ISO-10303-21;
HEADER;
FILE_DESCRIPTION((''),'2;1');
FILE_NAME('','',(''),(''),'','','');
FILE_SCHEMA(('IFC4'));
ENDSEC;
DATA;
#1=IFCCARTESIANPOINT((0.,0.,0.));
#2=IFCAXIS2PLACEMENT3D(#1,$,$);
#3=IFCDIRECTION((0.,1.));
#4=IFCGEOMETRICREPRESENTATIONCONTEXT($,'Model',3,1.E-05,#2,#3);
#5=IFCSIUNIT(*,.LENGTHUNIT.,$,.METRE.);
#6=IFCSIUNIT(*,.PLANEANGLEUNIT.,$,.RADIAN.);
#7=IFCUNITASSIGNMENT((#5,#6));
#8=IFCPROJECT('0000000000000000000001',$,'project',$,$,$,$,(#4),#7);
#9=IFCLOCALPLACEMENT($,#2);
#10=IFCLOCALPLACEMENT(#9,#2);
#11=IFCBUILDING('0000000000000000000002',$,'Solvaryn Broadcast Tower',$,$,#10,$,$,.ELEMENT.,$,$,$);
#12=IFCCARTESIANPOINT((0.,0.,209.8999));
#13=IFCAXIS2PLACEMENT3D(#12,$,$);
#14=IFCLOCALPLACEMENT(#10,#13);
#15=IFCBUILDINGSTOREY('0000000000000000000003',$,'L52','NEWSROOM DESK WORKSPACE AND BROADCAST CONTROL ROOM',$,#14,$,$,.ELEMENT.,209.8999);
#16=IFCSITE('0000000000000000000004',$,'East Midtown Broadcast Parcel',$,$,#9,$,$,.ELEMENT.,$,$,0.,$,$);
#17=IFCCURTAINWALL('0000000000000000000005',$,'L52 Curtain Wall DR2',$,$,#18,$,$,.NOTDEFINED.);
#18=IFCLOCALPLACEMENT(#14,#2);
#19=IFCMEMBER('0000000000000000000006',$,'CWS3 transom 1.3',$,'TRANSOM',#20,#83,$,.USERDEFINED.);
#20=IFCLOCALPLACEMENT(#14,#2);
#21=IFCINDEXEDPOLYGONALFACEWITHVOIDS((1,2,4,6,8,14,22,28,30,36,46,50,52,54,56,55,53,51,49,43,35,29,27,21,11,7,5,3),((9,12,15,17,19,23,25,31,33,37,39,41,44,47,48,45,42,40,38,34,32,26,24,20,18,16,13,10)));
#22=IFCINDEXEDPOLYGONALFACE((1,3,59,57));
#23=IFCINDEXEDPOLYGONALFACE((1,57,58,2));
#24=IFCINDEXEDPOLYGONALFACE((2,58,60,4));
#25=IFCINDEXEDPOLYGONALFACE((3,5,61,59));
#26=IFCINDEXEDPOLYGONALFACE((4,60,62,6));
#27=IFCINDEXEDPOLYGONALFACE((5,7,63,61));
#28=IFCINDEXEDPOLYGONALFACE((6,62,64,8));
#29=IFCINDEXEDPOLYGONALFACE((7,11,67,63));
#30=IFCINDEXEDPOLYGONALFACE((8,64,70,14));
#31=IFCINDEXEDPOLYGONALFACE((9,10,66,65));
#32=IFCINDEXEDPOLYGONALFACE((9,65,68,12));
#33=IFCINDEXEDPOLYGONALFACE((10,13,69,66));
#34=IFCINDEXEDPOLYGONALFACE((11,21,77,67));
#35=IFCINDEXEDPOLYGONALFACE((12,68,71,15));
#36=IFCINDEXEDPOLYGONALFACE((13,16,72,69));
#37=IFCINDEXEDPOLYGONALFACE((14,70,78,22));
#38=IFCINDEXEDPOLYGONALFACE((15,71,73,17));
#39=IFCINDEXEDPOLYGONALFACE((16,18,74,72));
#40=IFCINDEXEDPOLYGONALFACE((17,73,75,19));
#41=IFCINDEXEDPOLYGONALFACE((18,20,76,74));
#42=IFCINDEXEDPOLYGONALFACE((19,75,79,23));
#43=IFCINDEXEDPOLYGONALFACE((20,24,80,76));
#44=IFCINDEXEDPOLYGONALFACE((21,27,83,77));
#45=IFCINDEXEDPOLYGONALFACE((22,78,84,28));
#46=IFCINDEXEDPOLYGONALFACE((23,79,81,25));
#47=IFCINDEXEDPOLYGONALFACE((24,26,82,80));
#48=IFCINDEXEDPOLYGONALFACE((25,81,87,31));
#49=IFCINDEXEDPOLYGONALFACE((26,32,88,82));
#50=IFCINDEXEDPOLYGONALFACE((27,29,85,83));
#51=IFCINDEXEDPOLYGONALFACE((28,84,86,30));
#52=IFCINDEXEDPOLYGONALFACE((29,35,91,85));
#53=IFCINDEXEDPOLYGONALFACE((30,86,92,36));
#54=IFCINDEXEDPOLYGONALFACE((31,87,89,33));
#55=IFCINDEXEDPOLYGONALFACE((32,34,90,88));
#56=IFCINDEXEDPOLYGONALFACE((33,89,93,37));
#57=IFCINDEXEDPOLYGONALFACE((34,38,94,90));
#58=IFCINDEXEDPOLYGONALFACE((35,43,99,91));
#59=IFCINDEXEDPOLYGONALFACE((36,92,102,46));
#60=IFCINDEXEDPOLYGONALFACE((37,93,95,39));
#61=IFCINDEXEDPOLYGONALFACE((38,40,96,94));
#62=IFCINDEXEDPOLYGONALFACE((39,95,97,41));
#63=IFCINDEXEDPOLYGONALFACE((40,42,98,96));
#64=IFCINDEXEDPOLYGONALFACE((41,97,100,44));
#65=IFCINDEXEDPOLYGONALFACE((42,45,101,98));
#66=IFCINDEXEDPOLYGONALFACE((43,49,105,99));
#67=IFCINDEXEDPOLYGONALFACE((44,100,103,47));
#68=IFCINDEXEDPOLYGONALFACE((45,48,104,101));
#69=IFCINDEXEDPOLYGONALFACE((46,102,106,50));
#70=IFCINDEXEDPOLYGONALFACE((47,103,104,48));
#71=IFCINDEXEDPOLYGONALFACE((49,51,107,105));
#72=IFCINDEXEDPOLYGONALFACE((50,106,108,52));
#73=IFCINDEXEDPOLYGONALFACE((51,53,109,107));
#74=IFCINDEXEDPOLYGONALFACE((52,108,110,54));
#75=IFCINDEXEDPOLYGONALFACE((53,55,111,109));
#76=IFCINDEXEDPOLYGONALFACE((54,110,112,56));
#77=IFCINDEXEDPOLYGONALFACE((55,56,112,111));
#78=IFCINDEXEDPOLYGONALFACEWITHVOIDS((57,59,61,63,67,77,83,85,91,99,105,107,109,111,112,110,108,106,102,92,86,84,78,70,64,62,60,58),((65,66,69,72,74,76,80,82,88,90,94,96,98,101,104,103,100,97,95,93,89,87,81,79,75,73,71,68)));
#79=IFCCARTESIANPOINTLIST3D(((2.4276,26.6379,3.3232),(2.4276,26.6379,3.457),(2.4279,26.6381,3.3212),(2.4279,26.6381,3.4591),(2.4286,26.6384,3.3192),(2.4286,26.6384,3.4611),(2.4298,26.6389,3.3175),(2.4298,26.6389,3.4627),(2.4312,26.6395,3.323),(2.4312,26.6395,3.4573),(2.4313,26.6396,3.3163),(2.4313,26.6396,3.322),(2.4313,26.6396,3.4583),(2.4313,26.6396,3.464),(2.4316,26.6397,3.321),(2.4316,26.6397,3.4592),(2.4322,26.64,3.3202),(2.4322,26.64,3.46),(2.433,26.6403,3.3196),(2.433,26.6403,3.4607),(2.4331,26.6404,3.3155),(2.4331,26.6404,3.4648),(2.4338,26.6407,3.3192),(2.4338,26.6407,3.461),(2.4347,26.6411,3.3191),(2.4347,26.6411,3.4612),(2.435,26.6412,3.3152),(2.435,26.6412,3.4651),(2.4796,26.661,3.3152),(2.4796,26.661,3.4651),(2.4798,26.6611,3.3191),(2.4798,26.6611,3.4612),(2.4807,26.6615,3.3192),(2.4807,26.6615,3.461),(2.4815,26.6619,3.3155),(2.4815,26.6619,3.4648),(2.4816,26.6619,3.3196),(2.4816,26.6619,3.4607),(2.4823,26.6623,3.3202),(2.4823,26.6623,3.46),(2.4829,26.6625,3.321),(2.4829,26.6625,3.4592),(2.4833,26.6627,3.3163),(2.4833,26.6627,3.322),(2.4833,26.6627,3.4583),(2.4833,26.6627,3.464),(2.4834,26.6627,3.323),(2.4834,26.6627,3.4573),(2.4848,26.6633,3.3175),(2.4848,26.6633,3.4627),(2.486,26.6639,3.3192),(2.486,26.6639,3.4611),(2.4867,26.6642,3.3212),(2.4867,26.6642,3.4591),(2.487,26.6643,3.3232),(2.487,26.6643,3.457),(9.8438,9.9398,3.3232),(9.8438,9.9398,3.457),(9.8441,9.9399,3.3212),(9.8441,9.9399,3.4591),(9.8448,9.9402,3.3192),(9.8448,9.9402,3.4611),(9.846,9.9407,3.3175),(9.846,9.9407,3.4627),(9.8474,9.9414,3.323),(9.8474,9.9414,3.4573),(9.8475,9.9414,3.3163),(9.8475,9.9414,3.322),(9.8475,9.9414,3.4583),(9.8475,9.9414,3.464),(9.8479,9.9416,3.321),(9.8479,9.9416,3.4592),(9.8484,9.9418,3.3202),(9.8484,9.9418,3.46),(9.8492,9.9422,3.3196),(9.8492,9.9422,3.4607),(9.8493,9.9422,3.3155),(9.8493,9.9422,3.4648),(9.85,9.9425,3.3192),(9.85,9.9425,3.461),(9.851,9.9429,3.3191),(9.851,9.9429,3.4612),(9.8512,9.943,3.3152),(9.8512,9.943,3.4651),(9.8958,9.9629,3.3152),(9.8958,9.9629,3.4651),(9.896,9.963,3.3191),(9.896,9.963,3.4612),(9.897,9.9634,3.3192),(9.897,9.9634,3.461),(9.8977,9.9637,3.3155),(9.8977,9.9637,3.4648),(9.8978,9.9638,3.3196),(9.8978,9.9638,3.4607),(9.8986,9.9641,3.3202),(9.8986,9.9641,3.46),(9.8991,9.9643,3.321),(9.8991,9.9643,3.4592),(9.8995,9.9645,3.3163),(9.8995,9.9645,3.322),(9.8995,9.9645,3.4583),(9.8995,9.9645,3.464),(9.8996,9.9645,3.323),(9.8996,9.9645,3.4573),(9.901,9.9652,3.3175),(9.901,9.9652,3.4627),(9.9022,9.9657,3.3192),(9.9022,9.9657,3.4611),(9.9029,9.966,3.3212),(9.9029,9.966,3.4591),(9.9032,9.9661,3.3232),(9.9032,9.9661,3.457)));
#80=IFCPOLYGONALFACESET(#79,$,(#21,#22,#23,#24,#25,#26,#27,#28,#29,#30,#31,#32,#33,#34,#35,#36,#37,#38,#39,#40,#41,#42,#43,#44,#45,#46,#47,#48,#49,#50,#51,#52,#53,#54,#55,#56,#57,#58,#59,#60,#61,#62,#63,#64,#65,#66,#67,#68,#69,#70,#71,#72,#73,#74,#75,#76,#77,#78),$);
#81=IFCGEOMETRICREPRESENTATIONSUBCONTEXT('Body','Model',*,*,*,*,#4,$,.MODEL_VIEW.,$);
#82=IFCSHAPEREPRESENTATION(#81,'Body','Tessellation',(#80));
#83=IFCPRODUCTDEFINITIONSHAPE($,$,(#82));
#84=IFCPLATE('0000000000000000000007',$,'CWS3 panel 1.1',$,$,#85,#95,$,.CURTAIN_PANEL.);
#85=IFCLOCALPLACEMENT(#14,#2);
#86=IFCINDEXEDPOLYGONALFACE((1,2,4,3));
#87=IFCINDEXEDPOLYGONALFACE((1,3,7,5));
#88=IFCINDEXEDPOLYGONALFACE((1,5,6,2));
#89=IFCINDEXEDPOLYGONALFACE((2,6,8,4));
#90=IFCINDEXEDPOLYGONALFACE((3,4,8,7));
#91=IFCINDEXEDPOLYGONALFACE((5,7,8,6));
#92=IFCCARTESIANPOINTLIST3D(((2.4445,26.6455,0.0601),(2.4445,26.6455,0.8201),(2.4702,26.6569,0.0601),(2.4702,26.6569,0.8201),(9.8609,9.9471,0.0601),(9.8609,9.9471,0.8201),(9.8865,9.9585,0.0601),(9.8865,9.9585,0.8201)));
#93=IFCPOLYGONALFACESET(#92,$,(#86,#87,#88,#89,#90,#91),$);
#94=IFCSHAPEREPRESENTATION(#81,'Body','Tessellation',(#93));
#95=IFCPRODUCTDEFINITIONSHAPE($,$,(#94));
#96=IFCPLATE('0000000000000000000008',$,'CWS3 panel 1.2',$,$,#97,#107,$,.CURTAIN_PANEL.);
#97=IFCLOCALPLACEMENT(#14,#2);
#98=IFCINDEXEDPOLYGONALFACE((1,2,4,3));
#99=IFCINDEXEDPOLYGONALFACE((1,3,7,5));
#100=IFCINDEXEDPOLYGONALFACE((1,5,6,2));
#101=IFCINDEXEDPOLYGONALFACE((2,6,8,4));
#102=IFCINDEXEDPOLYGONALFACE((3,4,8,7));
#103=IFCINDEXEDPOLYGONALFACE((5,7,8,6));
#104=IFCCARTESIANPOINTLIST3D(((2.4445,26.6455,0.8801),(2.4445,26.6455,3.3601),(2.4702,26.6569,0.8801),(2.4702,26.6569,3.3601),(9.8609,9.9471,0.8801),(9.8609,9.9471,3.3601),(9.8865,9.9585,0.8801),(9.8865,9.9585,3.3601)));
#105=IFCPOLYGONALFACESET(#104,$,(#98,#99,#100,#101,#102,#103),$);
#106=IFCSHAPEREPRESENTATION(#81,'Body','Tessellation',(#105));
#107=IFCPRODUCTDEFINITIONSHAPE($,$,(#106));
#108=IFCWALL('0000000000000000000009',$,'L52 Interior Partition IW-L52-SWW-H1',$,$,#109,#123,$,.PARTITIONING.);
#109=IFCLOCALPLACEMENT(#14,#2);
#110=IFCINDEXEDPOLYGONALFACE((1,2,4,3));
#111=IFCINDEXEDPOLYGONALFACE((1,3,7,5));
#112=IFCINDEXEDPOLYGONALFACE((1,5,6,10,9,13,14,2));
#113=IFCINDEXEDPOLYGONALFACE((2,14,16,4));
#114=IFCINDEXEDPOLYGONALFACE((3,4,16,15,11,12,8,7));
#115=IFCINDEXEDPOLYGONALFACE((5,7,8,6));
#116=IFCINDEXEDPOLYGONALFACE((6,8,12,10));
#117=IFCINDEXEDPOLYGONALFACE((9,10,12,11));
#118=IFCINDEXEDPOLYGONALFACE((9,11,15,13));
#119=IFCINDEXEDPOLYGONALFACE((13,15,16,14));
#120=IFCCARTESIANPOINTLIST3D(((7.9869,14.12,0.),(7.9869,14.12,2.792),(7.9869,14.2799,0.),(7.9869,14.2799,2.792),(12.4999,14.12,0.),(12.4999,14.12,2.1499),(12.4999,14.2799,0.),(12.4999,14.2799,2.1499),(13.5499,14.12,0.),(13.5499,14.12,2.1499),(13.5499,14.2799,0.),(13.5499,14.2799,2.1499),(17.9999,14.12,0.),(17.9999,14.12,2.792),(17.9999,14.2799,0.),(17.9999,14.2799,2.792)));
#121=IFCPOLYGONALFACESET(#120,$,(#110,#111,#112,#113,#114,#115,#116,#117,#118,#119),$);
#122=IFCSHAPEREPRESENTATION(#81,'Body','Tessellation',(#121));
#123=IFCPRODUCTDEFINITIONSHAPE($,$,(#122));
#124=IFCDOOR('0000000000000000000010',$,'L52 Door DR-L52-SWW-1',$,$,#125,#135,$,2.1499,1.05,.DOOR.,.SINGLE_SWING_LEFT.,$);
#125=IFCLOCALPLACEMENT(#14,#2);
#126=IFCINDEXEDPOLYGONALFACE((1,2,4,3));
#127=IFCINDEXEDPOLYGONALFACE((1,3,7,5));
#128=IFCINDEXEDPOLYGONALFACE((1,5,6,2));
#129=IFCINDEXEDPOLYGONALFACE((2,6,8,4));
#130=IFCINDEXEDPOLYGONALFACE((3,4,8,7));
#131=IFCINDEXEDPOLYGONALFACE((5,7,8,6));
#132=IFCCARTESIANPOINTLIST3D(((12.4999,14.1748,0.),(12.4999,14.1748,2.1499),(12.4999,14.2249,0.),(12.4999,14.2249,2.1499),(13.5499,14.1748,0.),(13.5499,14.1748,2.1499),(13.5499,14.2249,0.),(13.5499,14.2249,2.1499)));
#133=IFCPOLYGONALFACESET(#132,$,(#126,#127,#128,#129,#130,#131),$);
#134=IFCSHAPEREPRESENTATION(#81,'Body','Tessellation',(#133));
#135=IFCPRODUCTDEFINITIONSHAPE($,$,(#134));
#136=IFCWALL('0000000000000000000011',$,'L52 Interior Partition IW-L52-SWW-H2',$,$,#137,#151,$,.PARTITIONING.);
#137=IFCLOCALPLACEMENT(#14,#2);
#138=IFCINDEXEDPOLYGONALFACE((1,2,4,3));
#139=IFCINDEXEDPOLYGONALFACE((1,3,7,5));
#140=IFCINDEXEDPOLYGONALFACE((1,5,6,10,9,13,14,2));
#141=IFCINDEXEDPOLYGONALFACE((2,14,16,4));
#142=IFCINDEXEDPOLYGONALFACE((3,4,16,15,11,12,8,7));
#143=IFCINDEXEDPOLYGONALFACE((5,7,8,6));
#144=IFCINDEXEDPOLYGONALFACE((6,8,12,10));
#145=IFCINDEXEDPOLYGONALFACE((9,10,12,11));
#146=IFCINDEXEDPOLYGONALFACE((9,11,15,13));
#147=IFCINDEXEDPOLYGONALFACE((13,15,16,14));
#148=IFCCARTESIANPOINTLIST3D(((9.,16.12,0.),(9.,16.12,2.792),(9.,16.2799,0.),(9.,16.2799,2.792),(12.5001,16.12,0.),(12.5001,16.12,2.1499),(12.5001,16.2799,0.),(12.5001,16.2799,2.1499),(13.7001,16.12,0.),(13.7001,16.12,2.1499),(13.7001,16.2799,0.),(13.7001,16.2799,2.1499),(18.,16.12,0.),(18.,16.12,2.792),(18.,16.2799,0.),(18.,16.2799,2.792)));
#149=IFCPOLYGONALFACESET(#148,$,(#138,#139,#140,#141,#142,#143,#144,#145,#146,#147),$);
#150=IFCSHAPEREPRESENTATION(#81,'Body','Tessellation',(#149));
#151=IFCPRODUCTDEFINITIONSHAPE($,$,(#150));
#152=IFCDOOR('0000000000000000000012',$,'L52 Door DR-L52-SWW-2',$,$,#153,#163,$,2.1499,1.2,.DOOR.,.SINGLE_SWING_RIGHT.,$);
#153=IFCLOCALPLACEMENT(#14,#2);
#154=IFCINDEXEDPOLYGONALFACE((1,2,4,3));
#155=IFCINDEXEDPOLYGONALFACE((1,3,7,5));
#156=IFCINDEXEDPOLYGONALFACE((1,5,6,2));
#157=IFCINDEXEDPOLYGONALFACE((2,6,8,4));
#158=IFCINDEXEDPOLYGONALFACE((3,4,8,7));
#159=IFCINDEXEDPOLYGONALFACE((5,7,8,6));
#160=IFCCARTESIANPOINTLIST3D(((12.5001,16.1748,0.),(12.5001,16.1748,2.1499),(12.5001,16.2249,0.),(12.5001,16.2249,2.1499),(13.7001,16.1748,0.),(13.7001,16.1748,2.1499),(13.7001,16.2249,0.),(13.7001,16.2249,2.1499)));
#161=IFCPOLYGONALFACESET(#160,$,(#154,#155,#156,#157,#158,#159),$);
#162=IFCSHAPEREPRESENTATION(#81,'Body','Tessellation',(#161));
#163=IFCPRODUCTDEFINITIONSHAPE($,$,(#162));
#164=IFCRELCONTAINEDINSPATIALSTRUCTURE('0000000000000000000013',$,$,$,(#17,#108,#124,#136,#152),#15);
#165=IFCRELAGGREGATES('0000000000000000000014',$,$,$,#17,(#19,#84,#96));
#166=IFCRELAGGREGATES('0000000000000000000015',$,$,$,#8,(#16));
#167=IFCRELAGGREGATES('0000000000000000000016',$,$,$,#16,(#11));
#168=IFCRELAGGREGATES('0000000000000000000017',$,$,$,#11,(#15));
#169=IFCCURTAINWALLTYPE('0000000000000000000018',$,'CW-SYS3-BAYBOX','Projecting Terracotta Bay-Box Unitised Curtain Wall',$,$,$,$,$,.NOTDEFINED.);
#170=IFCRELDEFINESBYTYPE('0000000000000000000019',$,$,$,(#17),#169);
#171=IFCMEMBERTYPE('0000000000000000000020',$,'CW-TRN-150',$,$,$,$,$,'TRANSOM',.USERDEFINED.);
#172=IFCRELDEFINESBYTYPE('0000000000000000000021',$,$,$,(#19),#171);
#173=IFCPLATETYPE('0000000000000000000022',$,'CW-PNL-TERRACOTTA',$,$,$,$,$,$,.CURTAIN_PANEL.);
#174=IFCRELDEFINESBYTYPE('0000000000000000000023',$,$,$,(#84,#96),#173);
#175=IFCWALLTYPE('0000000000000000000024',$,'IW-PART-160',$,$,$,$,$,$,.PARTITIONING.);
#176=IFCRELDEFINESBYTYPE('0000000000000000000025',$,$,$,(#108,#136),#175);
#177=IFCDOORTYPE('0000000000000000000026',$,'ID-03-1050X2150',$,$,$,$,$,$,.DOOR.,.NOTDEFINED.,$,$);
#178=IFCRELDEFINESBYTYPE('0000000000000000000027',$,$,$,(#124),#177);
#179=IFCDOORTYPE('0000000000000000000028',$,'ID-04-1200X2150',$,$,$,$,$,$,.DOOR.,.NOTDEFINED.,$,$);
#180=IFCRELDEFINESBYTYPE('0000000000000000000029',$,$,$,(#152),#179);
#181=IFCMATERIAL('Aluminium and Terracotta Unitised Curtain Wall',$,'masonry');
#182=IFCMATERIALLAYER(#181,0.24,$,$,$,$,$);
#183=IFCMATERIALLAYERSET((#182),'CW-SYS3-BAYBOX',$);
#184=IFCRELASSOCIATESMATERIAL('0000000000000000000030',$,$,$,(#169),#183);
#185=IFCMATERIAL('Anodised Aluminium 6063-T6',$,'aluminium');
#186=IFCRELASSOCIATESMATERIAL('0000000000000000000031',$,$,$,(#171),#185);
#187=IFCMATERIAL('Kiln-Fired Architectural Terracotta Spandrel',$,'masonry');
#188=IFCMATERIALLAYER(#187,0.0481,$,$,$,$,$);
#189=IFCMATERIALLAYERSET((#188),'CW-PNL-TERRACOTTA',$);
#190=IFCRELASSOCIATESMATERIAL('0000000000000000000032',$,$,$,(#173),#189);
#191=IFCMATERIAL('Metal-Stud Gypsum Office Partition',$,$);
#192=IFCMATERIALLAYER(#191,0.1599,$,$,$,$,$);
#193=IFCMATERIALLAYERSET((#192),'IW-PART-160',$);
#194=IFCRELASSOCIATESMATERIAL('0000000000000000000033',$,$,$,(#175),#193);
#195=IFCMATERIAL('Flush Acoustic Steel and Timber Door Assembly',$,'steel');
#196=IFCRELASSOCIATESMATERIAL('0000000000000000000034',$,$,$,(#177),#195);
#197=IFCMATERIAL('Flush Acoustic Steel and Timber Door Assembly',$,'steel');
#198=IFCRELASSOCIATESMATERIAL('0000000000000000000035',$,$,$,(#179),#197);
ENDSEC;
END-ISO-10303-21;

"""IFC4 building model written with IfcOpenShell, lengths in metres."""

from ifc_helpers import new_model, si_unit, direction, frame, frame_2d, origin, origin_2d, place, context, subcontext, project, spatial, rectangle, hollow_rectangle, extrude, material, layer, layer_set, material_profile, profile_set, type_object, element, fill, aggregate, save


model = new_model("IFC4")

# Units and contexts
model_context = context("Model", 3, precision=1e-05, world=origin(), true_north=direction((0.0, 1.0)))
body_context = subcontext(model_context, "Body", "Model", "MODEL_VIEW")
ifc_project = project(units=[si_unit("LENGTHUNIT", "METRE"), si_unit("PLANEANGLEUNIT", "RADIAN")], contexts=[model_context])

# Site, building, storey
site_placement = place(None, origin())
site = spatial("IfcSite", under=ifc_project, at=site_placement, Name="East Midtown Broadcast Parcel", CompositionType="ELEMENT", RefElevation=0.0)
building_placement = place(site_placement, origin())
building = spatial("IfcBuilding", under=site, at=building_placement, Name="Solvaryn Broadcast Tower", CompositionType="ELEMENT")
storey_placement = place(building_placement, frame((0.0, 0.0, 209.8999)))
storey = spatial("IfcBuildingStorey", under=building, at=storey_placement, Name="L52", Description="NEWSROOM DESK WORKSPACE AND BROADCAST CONTROL ROOM", CompositionType="ELEMENT", Elevation=209.8999)

# Curtain wall, member, plates
ifc_material_1 = material(Name="Aluminium and Terracotta Unitised Curtain Wall", Category="masonry")
ifc_layer_1 = layer(ifc_material_1, 0.24)
ifc_layer_set_1 = layer_set([ifc_layer_1], Name="CW-SYS3-BAYBOX")
curtain_wall_type_1 = type_object("IfcCurtainWallType", Name="CW-SYS3-BAYBOX", Description="Projecting Terracotta Bay-Box Unitised Curtain Wall", PredefinedType="NOTDEFINED", material=ifc_layer_set_1)
curtain_wall_1_placement = place(storey_placement, origin())
curtain_wall_1 = element("IfcCurtainWall", 1, at=curtain_wall_1_placement, inside=storey, type_object=curtain_wall_type_1, Name="L52 Curtain Wall DR2", PredefinedType="NOTDEFINED")
ifc_material_2 = material(Name="Anodised Aluminium 6063-T6", Category="aluminium")
ifc_material_profile_1 = material_profile(ifc_material_2, hollow_rectangle(XDim=0.0649, YDim=0.1499, WallThickness=0.0039, InnerFilletRadius=0.0039, OuterFilletRadius=0.0081, at=origin_2d()))
ifc_profile_set_1 = profile_set([ifc_material_profile_1], Name="Anodised Aluminium 6063-T6")
member_type_1 = type_object("IfcMemberType", Name="CW-TRN-150", ElementType="TRANSOM", PredefinedType="USERDEFINED", material=ifc_profile_set_1)
member_1_placement = place(storey_placement, frame((2.4573, 26.6511, 3.3901), z_axis=(0.405902, -0.913917, 0.0), x_axis=(0.913917, 0.405902, 0.0)))
member_1 = element("IfcMember", 2, at=member_1_placement, type_object=member_type_1, Name="CWS3 transom 1.3", ObjectType="TRANSOM", PredefinedType="USERDEFINED", context=body_context, shape_type="SweptSolid", body=[
    extrude(hollow_rectangle(XDim=0.0649, YDim=0.1499, WallThickness=0.0039, InnerFilletRadius=0.0039, OuterFilletRadius=0.0081, at=origin_2d()), origin(), (0.0, 0.0, 1.0), 18.271),
])
ifc_material_3 = material(Name="Kiln-Fired Architectural Terracotta Spandrel", Category="masonry")
ifc_layer_2 = layer(ifc_material_3, 0.0481)
ifc_layer_set_2 = layer_set([ifc_layer_2], Name="CW-PNL-TERRACOTTA")
plate_type = type_object("IfcPlateType", Name="CW-PNL-TERRACOTTA", PredefinedType="CURTAIN_PANEL", material=ifc_layer_set_2)
plate_1_placement = place(storey_placement, frame((6.1655, 18.302, 0.0601), z_axis=(0.0, 0.0, 1.0), x_axis=(0.405901, -0.913917, 0.0)))
plate_1 = element("IfcPlate", 3, at=plate_1_placement, type_object=plate_type, Name="CWS3 panel 1.1", PredefinedType="CURTAIN_PANEL", context=body_context, shape_type="SweptSolid", body=[
    extrude(rectangle(XDim=18.2712, YDim=0.0281, at=origin_2d()), origin(), (0.0, 0.0, 1.0), 0.76),
])
plate_2_placement = place(storey_placement, frame((6.1655, 18.302, 0.8801), z_axis=(0.0, 0.0, 1.0), x_axis=(0.405901, -0.913917, 0.0)))
plate_2 = element("IfcPlate", 4, at=plate_2_placement, type_object=plate_type, Name="CWS3 panel 1.2", PredefinedType="CURTAIN_PANEL", context=body_context, shape_type="SweptSolid", body=[
    extrude(rectangle(XDim=18.2712, YDim=0.0281, at=origin_2d()), origin(), (0.0, 0.0, 1.0), 2.48),
])
aggregate(curtain_wall_1, [member_1, plate_1, plate_2])

# Walls, openings, doors
ifc_material_4 = material(Name="Metal-Stud Gypsum Office Partition")
ifc_layer_3 = layer(ifc_material_4, 0.1599)
ifc_layer_set_3 = layer_set([ifc_layer_3], Name="IW-PART-160")
wall_type = type_object("IfcWallType", Name="IW-PART-160", PredefinedType="PARTITIONING", material=ifc_layer_set_3)
wall_1_placement = place(storey_placement, frame((7.9871, 14.2, 0.0), z_axis=(0.0, 0.0, 1.0), x_axis=(1.0, 0.0, 0.0)))
wall_1 = element("IfcWall", 5, at=wall_1_placement, inside=storey, type_object=wall_type, Name="L52 Interior Partition IW-L52-SWW-H1", PredefinedType="PARTITIONING", context=body_context, shape_type="SweptSolid", body=[
    extrude(rectangle(XDim=10.0129, YDim=0.1599, at=frame_2d((5.0063, 0.0))), origin(), (0.0, 0.0, 1.0), 2.792),
])
opening_1_placement = place(wall_1_placement, frame((4.5129, 0.0, 0.0)))
opening_1 = element("IfcOpeningElement", 6, at=opening_1_placement, cuts=wall_1, PredefinedType="OPENING", context=body_context, shape_type="SweptSolid", body=[
    extrude(rectangle(XDim=1.05, YDim=2.1499, at=frame_2d((0.5249, 1.075))), frame((0.0, 0.0901, 0.0), z_axis=(0.0, -1.0, 0.0), x_axis=(1.0, 0.0, 0.0)), (0.0, 0.0, 1.0), 0.1799),
])
ifc_material_5 = material(Name="Flush Acoustic Steel and Timber Door Assembly", Category="steel")
door_type_1 = type_object("IfcDoorType", Name="ID-03-1050X2150", OperationType="NOTDEFINED", PredefinedType="DOOR", material=ifc_material_5)
door_1_placement = place(opening_1_placement, origin())
door_1 = element("IfcDoor", 7, at=door_1_placement, inside=storey, type_object=door_type_1, Name="L52 Door DR-L52-SWW-1", OperationType="SINGLE_SWING_LEFT", OverallHeight=2.1499, OverallWidth=1.05, PredefinedType="DOOR", context=body_context, shape_type="SweptSolid", body=[
    extrude(rectangle(XDim=1.05, YDim=2.1499, at=frame_2d((0.5249, 1.075))), frame((0.0, 0.0249, 0.0), z_axis=(0.0, -1.0, 0.0), x_axis=(1.0, 0.0, 0.0)), (0.0, 0.0, 1.0), 0.05),
])
fill(opening_1, door_1)
wall_2_placement = place(storey_placement, frame((9.0, 16.2, 0.0), z_axis=(0.0, 0.0, 1.0), x_axis=(1.0, 0.0, 0.0)))
wall_2 = element("IfcWall", 8, at=wall_2_placement, inside=storey, type_object=wall_type, Name="L52 Interior Partition IW-L52-SWW-H2", PredefinedType="PARTITIONING", context=body_context, shape_type="SweptSolid", body=[
    extrude(rectangle(XDim=9.0, YDim=0.1599, at=frame_2d((4.5, 0.0))), origin(), (0.0, 0.0, 1.0), 2.792),
])
opening_2_placement = place(wall_2_placement, frame((3.5, 0.0, 0.0)))
opening_2 = element("IfcOpeningElement", 9, at=opening_2_placement, cuts=wall_2, PredefinedType="OPENING", context=body_context, shape_type="SweptSolid", body=[
    extrude(rectangle(XDim=1.2, YDim=2.1499, at=frame_2d((0.6001, 1.075))), frame((0.0, 0.0901, 0.0), z_axis=(0.0, -1.0, 0.0), x_axis=(1.0, 0.0, 0.0)), (0.0, 0.0, 1.0), 0.1799),
])
ifc_material_6 = material(Name="Flush Acoustic Steel and Timber Door Assembly", Category="steel")
door_type_2 = type_object("IfcDoorType", Name="ID-04-1200X2150", OperationType="NOTDEFINED", PredefinedType="DOOR", material=ifc_material_6)
door_2_placement = place(opening_2_placement, origin())
door_2 = element("IfcDoor", 10, at=door_2_placement, inside=storey, type_object=door_type_2, Name="L52 Door DR-L52-SWW-2", OperationType="SINGLE_SWING_RIGHT", OverallHeight=2.1499, OverallWidth=1.2, PredefinedType="DOOR", context=body_context, shape_type="SweptSolid", body=[
    extrude(rectangle(XDim=1.2, YDim=2.1499, at=frame_2d((0.6001, 1.075))), frame((0.0, 0.0249, 0.0), z_axis=(0.0, -1.0, 0.0), x_axis=(1.0, 0.0, 0.0)), (0.0, 0.0, 1.0), 0.05),
])
fill(opening_2, door_2)

save(model, "model.ifc")
